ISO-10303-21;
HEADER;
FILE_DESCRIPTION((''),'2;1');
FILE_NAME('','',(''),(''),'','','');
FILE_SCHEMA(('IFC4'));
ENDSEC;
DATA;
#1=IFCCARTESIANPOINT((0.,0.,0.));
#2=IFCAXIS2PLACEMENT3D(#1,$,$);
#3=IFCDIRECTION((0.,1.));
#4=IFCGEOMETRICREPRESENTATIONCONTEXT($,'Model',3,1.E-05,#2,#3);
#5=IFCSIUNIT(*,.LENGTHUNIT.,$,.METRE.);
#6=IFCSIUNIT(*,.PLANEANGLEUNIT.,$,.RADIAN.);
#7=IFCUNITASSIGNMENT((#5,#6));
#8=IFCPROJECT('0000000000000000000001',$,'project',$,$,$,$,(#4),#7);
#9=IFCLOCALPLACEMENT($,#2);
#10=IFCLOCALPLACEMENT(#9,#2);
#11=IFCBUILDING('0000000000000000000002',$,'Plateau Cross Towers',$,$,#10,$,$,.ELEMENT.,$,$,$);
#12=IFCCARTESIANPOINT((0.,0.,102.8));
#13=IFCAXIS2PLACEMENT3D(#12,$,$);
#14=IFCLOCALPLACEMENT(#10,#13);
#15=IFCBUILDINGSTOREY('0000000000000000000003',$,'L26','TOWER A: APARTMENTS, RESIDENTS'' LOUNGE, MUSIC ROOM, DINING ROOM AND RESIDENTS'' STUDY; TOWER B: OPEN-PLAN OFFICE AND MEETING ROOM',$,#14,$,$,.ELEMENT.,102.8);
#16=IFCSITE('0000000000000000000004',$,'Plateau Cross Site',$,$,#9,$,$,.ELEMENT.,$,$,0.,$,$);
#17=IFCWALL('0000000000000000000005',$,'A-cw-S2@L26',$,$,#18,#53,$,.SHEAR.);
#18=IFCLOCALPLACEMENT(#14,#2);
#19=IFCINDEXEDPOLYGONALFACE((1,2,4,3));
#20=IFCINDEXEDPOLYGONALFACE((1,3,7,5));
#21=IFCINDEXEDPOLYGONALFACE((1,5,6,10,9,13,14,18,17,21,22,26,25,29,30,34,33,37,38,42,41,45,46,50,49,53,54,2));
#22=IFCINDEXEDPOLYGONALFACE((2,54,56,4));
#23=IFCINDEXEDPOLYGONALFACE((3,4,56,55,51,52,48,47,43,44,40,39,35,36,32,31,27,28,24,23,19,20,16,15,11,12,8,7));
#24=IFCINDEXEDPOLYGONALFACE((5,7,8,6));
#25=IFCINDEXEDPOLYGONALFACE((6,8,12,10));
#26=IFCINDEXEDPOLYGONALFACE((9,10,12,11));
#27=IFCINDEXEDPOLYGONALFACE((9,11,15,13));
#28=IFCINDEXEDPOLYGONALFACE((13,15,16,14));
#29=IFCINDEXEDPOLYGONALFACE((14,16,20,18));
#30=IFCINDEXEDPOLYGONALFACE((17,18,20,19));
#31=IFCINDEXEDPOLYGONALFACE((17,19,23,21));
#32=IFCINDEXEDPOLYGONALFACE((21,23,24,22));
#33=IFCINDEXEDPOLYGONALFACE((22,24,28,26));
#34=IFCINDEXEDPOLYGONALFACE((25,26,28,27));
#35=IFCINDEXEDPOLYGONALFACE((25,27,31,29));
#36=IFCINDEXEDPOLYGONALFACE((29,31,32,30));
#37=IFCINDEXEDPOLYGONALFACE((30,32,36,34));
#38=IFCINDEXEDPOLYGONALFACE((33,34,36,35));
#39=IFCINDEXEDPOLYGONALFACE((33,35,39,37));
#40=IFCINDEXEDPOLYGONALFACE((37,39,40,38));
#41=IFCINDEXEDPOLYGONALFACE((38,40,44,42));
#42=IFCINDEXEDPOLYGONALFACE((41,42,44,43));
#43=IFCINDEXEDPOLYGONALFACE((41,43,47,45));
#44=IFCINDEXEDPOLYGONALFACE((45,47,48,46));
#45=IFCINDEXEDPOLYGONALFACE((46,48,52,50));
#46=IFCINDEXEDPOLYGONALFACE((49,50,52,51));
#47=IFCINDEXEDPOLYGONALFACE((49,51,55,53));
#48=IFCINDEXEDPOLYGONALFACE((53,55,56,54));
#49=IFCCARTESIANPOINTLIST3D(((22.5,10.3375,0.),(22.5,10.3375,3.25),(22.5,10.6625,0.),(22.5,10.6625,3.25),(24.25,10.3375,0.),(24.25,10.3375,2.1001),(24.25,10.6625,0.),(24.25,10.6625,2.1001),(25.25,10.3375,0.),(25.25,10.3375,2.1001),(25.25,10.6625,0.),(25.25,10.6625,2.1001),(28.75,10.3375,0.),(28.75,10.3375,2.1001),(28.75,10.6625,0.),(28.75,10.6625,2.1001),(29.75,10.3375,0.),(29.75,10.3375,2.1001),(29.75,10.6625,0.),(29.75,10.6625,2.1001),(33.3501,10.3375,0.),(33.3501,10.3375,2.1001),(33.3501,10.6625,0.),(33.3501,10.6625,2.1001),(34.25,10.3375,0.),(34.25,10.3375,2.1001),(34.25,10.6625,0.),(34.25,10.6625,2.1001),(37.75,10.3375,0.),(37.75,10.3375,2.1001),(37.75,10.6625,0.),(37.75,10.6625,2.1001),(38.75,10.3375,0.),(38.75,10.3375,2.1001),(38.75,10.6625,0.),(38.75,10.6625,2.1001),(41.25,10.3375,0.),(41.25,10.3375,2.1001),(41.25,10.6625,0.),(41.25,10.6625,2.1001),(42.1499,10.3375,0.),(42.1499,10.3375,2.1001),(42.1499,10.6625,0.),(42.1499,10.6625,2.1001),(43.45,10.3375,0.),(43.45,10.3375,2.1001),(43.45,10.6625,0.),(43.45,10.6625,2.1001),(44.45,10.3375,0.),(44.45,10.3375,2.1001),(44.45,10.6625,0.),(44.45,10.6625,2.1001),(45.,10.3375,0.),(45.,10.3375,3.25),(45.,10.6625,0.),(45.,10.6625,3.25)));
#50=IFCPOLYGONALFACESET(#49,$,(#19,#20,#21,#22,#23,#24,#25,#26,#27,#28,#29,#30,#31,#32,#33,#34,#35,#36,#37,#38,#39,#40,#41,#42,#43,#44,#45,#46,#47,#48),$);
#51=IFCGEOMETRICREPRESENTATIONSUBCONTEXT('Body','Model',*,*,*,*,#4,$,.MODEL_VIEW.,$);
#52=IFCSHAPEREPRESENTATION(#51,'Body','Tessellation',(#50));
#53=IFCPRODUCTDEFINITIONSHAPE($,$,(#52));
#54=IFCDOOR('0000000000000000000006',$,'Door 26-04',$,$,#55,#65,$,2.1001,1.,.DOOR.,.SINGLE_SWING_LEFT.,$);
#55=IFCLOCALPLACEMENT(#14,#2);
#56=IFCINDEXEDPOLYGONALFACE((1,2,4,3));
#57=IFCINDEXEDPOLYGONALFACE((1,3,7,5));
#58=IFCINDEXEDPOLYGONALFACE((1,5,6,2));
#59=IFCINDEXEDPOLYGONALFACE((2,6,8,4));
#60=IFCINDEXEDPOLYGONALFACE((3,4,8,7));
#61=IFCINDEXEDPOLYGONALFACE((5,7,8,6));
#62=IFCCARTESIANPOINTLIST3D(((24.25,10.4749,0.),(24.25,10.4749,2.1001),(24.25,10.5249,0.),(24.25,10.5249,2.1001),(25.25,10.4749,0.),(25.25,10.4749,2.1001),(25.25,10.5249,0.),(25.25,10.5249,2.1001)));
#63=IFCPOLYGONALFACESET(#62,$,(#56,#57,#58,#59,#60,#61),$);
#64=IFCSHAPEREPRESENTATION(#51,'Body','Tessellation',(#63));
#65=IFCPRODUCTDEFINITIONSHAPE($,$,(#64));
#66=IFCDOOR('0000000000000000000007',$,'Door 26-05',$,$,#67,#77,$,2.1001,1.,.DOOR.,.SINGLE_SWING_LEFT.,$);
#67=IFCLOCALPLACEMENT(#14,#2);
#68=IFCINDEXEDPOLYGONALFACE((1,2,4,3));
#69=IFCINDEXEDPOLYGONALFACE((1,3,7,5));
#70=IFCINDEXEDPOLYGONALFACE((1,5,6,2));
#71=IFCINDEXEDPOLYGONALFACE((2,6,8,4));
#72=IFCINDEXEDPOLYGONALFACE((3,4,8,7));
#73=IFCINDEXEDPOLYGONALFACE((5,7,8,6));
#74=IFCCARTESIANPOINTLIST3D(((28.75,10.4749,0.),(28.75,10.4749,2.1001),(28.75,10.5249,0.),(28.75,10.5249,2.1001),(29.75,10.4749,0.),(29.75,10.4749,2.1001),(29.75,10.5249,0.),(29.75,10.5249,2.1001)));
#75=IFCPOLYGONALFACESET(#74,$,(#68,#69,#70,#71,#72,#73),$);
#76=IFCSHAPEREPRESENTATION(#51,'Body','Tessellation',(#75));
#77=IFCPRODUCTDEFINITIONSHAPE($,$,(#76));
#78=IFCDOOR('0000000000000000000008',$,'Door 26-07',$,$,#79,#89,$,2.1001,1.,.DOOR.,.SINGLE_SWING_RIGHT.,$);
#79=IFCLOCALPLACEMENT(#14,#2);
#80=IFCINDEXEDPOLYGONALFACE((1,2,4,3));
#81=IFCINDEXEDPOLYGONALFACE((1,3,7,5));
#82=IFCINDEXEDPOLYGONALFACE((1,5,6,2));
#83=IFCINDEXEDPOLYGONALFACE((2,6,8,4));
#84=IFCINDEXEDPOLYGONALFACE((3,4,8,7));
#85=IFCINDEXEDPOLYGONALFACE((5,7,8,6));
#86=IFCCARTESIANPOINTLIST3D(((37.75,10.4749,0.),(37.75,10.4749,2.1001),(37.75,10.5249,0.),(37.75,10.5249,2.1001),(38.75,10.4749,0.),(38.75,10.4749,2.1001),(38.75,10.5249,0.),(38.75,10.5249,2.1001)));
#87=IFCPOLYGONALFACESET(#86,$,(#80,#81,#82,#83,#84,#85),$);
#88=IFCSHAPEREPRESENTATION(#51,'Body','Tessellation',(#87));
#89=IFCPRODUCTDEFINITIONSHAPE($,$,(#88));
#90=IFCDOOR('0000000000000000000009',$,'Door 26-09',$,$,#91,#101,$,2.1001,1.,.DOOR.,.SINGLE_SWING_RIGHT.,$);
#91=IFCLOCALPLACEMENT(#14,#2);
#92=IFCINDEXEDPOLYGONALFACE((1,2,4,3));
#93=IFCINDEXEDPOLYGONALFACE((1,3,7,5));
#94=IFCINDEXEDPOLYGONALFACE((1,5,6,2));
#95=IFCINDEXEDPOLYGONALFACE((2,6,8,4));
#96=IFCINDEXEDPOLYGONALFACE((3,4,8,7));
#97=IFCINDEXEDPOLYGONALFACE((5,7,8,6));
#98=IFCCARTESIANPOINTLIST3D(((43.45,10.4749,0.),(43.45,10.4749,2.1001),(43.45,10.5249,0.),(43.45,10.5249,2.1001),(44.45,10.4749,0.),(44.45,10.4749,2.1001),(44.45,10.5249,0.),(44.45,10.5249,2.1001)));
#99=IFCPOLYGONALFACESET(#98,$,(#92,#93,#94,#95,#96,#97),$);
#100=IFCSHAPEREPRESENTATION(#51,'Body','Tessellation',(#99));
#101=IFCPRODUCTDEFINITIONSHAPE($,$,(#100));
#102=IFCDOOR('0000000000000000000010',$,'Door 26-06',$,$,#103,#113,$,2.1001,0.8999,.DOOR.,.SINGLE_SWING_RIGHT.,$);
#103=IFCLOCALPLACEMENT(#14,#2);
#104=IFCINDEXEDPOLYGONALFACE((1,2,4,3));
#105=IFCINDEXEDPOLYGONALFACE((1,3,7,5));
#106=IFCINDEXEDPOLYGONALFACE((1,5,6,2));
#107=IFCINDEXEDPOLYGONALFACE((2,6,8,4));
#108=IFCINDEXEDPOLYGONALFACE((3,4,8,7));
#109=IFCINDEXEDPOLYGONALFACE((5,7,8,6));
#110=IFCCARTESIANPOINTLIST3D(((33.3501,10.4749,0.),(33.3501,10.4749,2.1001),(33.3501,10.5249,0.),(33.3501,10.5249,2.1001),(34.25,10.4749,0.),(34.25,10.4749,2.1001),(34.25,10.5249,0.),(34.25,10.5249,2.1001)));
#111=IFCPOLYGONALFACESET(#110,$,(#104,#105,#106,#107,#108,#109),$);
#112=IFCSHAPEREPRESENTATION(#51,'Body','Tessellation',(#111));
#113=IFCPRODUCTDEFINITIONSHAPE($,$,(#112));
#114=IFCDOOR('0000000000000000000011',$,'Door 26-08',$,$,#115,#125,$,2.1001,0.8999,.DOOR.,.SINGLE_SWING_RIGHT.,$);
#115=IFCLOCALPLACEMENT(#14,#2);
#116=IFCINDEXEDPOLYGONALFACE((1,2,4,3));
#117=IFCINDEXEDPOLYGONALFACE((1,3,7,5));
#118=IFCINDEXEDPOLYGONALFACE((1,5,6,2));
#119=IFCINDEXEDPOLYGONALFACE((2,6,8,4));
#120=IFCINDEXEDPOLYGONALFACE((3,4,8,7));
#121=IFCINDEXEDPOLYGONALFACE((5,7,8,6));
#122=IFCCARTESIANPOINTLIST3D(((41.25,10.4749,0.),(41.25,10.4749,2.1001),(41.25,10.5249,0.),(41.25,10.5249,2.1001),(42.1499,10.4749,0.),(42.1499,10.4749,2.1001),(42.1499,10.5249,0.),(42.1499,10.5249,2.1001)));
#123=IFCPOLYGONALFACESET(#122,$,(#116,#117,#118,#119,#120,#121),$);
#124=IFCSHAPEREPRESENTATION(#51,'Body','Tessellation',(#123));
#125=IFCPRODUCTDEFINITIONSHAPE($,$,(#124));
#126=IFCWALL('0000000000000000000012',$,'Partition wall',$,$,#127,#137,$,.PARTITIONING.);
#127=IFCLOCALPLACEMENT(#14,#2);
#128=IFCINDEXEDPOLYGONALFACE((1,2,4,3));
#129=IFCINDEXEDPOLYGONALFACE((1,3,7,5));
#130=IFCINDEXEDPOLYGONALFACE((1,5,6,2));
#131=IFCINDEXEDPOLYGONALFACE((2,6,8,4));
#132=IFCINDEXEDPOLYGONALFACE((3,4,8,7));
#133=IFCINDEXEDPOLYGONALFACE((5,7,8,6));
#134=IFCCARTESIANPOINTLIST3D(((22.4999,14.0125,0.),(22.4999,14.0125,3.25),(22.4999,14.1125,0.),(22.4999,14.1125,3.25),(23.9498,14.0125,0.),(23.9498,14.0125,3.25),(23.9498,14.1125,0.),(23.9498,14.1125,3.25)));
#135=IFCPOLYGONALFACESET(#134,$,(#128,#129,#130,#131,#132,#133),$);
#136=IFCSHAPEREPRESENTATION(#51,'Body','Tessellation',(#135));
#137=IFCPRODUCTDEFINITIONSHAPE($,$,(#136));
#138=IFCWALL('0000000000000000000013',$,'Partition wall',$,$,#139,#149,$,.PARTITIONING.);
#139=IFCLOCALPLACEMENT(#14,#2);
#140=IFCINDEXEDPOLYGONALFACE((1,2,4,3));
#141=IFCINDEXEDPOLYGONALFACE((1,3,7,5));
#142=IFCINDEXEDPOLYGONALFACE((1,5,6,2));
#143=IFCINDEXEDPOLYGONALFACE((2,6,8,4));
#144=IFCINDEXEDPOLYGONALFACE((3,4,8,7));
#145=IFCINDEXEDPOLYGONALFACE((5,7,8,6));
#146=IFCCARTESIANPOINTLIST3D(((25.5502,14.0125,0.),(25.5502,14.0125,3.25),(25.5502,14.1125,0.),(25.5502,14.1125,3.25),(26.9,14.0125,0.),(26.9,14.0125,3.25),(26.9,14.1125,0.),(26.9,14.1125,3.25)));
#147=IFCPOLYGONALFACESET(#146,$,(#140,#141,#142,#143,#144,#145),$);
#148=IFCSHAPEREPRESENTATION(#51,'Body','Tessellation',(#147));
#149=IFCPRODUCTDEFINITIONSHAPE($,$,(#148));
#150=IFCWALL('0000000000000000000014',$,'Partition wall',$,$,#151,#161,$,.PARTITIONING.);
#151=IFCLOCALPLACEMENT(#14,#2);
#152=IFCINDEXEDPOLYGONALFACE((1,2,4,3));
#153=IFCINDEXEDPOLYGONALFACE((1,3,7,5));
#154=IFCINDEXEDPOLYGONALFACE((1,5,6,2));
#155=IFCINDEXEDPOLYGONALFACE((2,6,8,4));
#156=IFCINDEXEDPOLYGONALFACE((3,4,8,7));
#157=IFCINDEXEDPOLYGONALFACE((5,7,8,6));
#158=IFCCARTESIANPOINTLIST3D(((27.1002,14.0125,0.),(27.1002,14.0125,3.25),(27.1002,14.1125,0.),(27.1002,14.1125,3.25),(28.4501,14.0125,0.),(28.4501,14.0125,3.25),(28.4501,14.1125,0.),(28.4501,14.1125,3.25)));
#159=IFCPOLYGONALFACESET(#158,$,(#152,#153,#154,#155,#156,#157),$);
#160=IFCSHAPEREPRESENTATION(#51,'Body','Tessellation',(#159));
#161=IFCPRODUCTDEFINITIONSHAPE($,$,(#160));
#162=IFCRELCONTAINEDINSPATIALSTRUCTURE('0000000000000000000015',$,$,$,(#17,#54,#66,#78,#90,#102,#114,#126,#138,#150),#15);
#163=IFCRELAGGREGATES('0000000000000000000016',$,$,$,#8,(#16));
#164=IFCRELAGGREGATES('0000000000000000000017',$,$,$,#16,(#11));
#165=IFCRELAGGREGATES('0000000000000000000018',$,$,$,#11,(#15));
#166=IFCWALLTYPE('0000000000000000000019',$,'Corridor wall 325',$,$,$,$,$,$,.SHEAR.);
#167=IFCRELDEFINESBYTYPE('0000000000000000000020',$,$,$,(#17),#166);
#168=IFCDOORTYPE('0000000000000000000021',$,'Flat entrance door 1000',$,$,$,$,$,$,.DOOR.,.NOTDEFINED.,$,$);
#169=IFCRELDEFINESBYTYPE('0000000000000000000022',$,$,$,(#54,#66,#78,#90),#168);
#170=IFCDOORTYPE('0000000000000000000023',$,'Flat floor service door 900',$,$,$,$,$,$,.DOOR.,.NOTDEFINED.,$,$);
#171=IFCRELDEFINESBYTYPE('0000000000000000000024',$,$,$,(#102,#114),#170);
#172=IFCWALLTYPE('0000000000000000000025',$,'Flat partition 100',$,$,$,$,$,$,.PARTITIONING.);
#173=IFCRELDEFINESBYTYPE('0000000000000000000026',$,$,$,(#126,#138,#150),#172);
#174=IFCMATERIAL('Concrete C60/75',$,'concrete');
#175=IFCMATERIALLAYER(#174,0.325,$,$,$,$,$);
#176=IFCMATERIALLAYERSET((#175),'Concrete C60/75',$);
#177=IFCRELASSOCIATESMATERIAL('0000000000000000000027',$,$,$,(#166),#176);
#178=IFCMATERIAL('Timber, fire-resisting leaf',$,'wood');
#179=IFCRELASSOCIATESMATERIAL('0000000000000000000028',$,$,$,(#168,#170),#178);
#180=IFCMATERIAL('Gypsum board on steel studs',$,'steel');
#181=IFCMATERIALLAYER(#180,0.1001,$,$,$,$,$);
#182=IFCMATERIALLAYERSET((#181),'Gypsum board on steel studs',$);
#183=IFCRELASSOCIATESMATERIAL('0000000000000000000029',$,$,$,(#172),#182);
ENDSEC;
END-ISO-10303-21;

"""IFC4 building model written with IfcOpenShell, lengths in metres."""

from ifc_helpers import new_model, si_unit, direction, frame, frame_2d, origin, place, context, subcontext, project, spatial, rectangle, extrude, material, layer, layer_set, type_object, element, fill, save


model = new_model("IFC4")

# Units and contexts
model_context = context("Model", 3, precision=1e-05, world=origin(), true_north=direction((0.0, 1.0)))
body_context = subcontext(model_context, "Body", "Model", "MODEL_VIEW")
ifc_project = project(units=[si_unit("LENGTHUNIT", "METRE"), si_unit("PLANEANGLEUNIT", "RADIAN")], contexts=[model_context])

# Site, building, storey
site_placement = place(None, origin())
site = spatial("IfcSite", under=ifc_project, at=site_placement, Name="Plateau Cross Site", CompositionType="ELEMENT", RefElevation=0.0)
building_placement = place(site_placement, origin())
building = spatial("IfcBuilding", under=site, at=building_placement, Name="Plateau Cross Towers", CompositionType="ELEMENT")
storey_placement = place(building_placement, frame((0.0, 0.0, 102.8)))
storey = spatial("IfcBuildingStorey", under=building, at=storey_placement, Name="L26", Description="TOWER A: APARTMENTS, RESIDENTS' LOUNGE, MUSIC ROOM, DINING ROOM AND RESIDENTS' STUDY; TOWER B: OPEN-PLAN OFFICE AND MEETING ROOM", CompositionType="ELEMENT", Elevation=102.8)

# Wall, openings, doors
ifc_material_1 = material(Name="Concrete C60/75", Category="concrete")
ifc_layer_1 = layer(ifc_material_1, 0.325)
ifc_layer_set_1 = layer_set([ifc_layer_1], Name="Concrete C60/75")
wall_type_1 = type_object("IfcWallType", Name="Corridor wall 325", PredefinedType="SHEAR", material=ifc_layer_set_1)
wall_1_placement = place(storey_placement, frame((22.5, 10.5, 0.0), z_axis=(0.0, 0.0, 1.0), x_axis=(1.0, 0.0, 0.0)))
wall_1 = element("IfcWall", 1, at=wall_1_placement, inside=storey, type_object=wall_type_1, Name="A-cw-S2@L26", PredefinedType="SHEAR", context=body_context, shape_type="SweptSolid", body=[
    extrude(rectangle(XDim=22.5, YDim=0.325, at=frame_2d((11.25, 0.0))), origin(), (0.0, 0.0, 1.0), 3.25),
])
opening_1_placement = place(wall_1_placement, frame((1.75, 0.0, 0.0)))
opening_1 = element("IfcOpeningElement", 2, at=opening_1_placement, cuts=wall_1, PredefinedType="OPENING", context=body_context, shape_type="SweptSolid", body=[
    extrude(rectangle(XDim=1.0, YDim=2.1001, at=frame_2d((0.5, 1.05))), frame((0.0, 0.1724, 0.0), z_axis=(0.0, -1.0, 0.0), x_axis=(1.0, 0.0, 0.0)), (0.0, 0.0, 1.0), 0.345),
])
opening_2_placement = place(wall_1_placement, frame((6.25, 0.0, 0.0)))
opening_2 = element("IfcOpeningElement", 3, at=opening_2_placement, cuts=wall_1, PredefinedType="OPENING", context=body_context, shape_type="SweptSolid", body=[
    extrude(rectangle(XDim=1.0, YDim=2.1001, at=frame_2d((0.5, 1.05))), frame((0.0, 0.1724, 0.0), z_axis=(0.0, -1.0, 0.0), x_axis=(1.0, 0.0, 0.0)), (0.0, 0.0, 1.0), 0.345),
])
opening_3_placement = place(wall_1_placement, frame((10.8501, 0.0, 0.0)))
opening_3 = element("IfcOpeningElement", 4, at=opening_3_placement, cuts=wall_1, PredefinedType="OPENING", context=body_context, shape_type="SweptSolid", body=[
    extrude(rectangle(XDim=0.8999, YDim=2.1001, at=frame_2d((0.45, 1.05))), frame((0.0, 0.1724, 0.0), z_axis=(0.0, -1.0, 0.0), x_axis=(1.0, 0.0, 0.0)), (0.0, 0.0, 1.0), 0.345),
])
opening_4_placement = place(wall_1_placement, frame((15.25, 0.0, 0.0)))
opening_4 = element("IfcOpeningElement", 5, at=opening_4_placement, cuts=wall_1, PredefinedType="OPENING", context=body_context, shape_type="SweptSolid", body=[
    extrude(rectangle(XDim=1.0, YDim=2.1001, at=frame_2d((0.5, 1.05))), frame((0.0, 0.1724, 0.0), z_axis=(0.0, -1.0, 0.0), x_axis=(1.0, 0.0, 0.0)), (0.0, 0.0, 1.0), 0.345),
])
opening_5_placement = place(wall_1_placement, frame((18.75, 0.0, 0.0)))
opening_5 = element("IfcOpeningElement", 6, at=opening_5_placement, cuts=wall_1, PredefinedType="OPENING", context=body_context, shape_type="SweptSolid", body=[
    extrude(rectangle(XDim=0.8999, YDim=2.1001, at=frame_2d((0.45, 1.05))), frame((0.0, 0.1724, 0.0), z_axis=(0.0, -1.0, 0.0), x_axis=(1.0, 0.0, 0.0)), (0.0, 0.0, 1.0), 0.345),
])
opening_6_placement = place(wall_1_placement, frame((20.95, 0.0, 0.0)))
opening_6 = element("IfcOpeningElement", 7, at=opening_6_placement, cuts=wall_1, PredefinedType="OPENING", context=body_context, shape_type="SweptSolid", body=[
    extrude(rectangle(XDim=1.0, YDim=2.1001, at=frame_2d((0.5, 1.05))), frame((0.0, 0.1724, 0.0), z_axis=(0.0, -1.0, 0.0), x_axis=(1.0, 0.0, 0.0)), (0.0, 0.0, 1.0), 0.345),
])
ifc_material_2 = material(Name="Timber, fire-resisting leaf", Category="wood")
door_type_1 = type_object("IfcDoorType", Name="Flat entrance door 1000", OperationType="NOTDEFINED", PredefinedType="DOOR", material=ifc_material_2)
door_1_placement = place(opening_1_placement, origin())
door_1 = element("IfcDoor", 8, at=door_1_placement, inside=storey, type_object=door_type_1, Name="Door 26-04", OperationType="SINGLE_SWING_LEFT", OverallHeight=2.1001, OverallWidth=1.0, PredefinedType="DOOR", context=body_context, shape_type="SweptSolid", body=[
    extrude(rectangle(XDim=1.0, YDim=2.1001, at=frame_2d((0.5, 1.05))), frame((0.0, 0.0249, 0.0), z_axis=(0.0, -1.0, 0.0), x_axis=(1.0, 0.0, 0.0)), (0.0, 0.0, 1.0), 0.05),
])
fill(opening_1, door_1)
door_2_placement = place(opening_2_placement, origin())
door_2 = element("IfcDoor", 9, at=door_2_placement, inside=storey, type_object=door_type_1, Name="Door 26-05", OperationType="SINGLE_SWING_LEFT", OverallHeight=2.1001, OverallWidth=1.0, PredefinedType="DOOR", context=body_context, shape_type="SweptSolid", body=[
    extrude(rectangle(XDim=1.0, YDim=2.1001, at=frame_2d((0.5, 1.05))), frame((0.0, 0.0249, 0.0), z_axis=(0.0, -1.0, 0.0), x_axis=(1.0, 0.0, 0.0)), (0.0, 0.0, 1.0), 0.05),
])
fill(opening_2, door_2)
door_3_placement = place(opening_4_placement, origin())
door_3 = element("IfcDoor", 10, at=door_3_placement, inside=storey, type_object=door_type_1, Name="Door 26-07", OperationType="SINGLE_SWING_RIGHT", OverallHeight=2.1001, OverallWidth=1.0, PredefinedType="DOOR", context=body_context, shape_type="SweptSolid", body=[
    extrude(rectangle(XDim=1.0, YDim=2.1001, at=frame_2d((0.5, 1.05))), frame((0.0, 0.0249, 0.0), z_axis=(0.0, -1.0, 0.0), x_axis=(1.0, 0.0, 0.0)), (0.0, 0.0, 1.0), 0.05),
])
fill(opening_4, door_3)
door_4_placement = place(opening_6_placement, origin())
door_4 = element("IfcDoor", 11, at=door_4_placement, inside=storey, type_object=door_type_1, Name="Door 26-09", OperationType="SINGLE_SWING_RIGHT", OverallHeight=2.1001, OverallWidth=1.0, PredefinedType="DOOR", context=body_context, shape_type="SweptSolid", body=[
    extrude(rectangle(XDim=1.0, YDim=2.1001, at=frame_2d((0.5, 1.05))), frame((0.0, 0.0249, 0.0), z_axis=(0.0, -1.0, 0.0), x_axis=(1.0, 0.0, 0.0)), (0.0, 0.0, 1.0), 0.05),
])
fill(opening_6, door_4)
door_type_2 = type_object("IfcDoorType", Name="Flat floor service door 900", OperationType="NOTDEFINED", PredefinedType="DOOR", material=ifc_material_2)
door_5_placement = place(opening_3_placement, origin())
door_5 = element("IfcDoor", 12, at=door_5_placement, inside=storey, type_object=door_type_2, Name="Door 26-06", OperationType="SINGLE_SWING_RIGHT", OverallHeight=2.1001, OverallWidth=0.8999, PredefinedType="DOOR", context=body_context, shape_type="SweptSolid", body=[
    extrude(rectangle(XDim=0.8999, YDim=2.1001, at=frame_2d((0.45, 1.05))), frame((0.0, 0.0249, 0.0), z_axis=(0.0, -1.0, 0.0), x_axis=(1.0, 0.0, 0.0)), (0.0, 0.0, 1.0), 0.05),
])
fill(opening_3, door_5)
door_6_placement = place(opening_5_placement, origin())
door_6 = element("IfcDoor", 13, at=door_6_placement, inside=storey, type_object=door_type_2, Name="Door 26-08", OperationType="SINGLE_SWING_RIGHT", OverallHeight=2.1001, OverallWidth=0.8999, PredefinedType="DOOR", context=body_context, shape_type="SweptSolid", body=[
    extrude(rectangle(XDim=0.8999, YDim=2.1001, at=frame_2d((0.45, 1.05))), frame((0.0, 0.0249, 0.0), z_axis=(0.0, -1.0, 0.0), x_axis=(1.0, 0.0, 0.0)), (0.0, 0.0, 1.0), 0.05),
])
fill(opening_5, door_6)

# Walls
ifc_material_3 = material(Name="Gypsum board on steel studs", Category="steel")
ifc_layer_2 = layer(ifc_material_3, 0.1001)
ifc_layer_set_2 = layer_set([ifc_layer_2], Name="Gypsum board on steel studs")
wall_type_2 = type_object("IfcWallType", Name="Flat partition 100", PredefinedType="PARTITIONING", material=ifc_layer_set_2)
wall_2_placement = place(storey_placement, frame((23.95, 14.0625, 0.0), z_axis=(0.0, 0.0, 1.0), x_axis=(-1.0, 0.0, 0.0)))
element("IfcWall", 14, at=wall_2_placement, inside=storey, type_object=wall_type_2, Name="Partition wall", PredefinedType="PARTITIONING", context=body_context, shape_type="SweptSolid", body=[
    extrude(rectangle(XDim=1.45, YDim=0.1001, at=frame_2d((0.7251, 0.0))), origin(), (0.0, 0.0, 1.0), 3.25),
])
for number, where, z_axis, x_axis, name in (
    (15, (26.8999, 14.0625, 0.0), (0.0, 0.0, 1.0), (-1.0, 0.0, 0.0), "Partition wall"),
    (16, (28.45, 14.0625, 0.0), (0.0, 0.0, 1.0), (-1.0, 0.0, 0.0), "Partition wall"),
):
    element("IfcWall", number, at=place(storey_placement, frame(where, z_axis=z_axis, x_axis=x_axis)), inside=storey, type_object=wall_type_2, Name=name, PredefinedType="PARTITIONING", context=body_context, shape_type="SweptSolid", body=[
        extrude(rectangle(XDim=1.3499, YDim=0.1001, at=frame_2d((0.6748, 0.0))), origin(), (0.0, 0.0, 1.0), 3.25),
    ])

save(model, "model.ifc")
